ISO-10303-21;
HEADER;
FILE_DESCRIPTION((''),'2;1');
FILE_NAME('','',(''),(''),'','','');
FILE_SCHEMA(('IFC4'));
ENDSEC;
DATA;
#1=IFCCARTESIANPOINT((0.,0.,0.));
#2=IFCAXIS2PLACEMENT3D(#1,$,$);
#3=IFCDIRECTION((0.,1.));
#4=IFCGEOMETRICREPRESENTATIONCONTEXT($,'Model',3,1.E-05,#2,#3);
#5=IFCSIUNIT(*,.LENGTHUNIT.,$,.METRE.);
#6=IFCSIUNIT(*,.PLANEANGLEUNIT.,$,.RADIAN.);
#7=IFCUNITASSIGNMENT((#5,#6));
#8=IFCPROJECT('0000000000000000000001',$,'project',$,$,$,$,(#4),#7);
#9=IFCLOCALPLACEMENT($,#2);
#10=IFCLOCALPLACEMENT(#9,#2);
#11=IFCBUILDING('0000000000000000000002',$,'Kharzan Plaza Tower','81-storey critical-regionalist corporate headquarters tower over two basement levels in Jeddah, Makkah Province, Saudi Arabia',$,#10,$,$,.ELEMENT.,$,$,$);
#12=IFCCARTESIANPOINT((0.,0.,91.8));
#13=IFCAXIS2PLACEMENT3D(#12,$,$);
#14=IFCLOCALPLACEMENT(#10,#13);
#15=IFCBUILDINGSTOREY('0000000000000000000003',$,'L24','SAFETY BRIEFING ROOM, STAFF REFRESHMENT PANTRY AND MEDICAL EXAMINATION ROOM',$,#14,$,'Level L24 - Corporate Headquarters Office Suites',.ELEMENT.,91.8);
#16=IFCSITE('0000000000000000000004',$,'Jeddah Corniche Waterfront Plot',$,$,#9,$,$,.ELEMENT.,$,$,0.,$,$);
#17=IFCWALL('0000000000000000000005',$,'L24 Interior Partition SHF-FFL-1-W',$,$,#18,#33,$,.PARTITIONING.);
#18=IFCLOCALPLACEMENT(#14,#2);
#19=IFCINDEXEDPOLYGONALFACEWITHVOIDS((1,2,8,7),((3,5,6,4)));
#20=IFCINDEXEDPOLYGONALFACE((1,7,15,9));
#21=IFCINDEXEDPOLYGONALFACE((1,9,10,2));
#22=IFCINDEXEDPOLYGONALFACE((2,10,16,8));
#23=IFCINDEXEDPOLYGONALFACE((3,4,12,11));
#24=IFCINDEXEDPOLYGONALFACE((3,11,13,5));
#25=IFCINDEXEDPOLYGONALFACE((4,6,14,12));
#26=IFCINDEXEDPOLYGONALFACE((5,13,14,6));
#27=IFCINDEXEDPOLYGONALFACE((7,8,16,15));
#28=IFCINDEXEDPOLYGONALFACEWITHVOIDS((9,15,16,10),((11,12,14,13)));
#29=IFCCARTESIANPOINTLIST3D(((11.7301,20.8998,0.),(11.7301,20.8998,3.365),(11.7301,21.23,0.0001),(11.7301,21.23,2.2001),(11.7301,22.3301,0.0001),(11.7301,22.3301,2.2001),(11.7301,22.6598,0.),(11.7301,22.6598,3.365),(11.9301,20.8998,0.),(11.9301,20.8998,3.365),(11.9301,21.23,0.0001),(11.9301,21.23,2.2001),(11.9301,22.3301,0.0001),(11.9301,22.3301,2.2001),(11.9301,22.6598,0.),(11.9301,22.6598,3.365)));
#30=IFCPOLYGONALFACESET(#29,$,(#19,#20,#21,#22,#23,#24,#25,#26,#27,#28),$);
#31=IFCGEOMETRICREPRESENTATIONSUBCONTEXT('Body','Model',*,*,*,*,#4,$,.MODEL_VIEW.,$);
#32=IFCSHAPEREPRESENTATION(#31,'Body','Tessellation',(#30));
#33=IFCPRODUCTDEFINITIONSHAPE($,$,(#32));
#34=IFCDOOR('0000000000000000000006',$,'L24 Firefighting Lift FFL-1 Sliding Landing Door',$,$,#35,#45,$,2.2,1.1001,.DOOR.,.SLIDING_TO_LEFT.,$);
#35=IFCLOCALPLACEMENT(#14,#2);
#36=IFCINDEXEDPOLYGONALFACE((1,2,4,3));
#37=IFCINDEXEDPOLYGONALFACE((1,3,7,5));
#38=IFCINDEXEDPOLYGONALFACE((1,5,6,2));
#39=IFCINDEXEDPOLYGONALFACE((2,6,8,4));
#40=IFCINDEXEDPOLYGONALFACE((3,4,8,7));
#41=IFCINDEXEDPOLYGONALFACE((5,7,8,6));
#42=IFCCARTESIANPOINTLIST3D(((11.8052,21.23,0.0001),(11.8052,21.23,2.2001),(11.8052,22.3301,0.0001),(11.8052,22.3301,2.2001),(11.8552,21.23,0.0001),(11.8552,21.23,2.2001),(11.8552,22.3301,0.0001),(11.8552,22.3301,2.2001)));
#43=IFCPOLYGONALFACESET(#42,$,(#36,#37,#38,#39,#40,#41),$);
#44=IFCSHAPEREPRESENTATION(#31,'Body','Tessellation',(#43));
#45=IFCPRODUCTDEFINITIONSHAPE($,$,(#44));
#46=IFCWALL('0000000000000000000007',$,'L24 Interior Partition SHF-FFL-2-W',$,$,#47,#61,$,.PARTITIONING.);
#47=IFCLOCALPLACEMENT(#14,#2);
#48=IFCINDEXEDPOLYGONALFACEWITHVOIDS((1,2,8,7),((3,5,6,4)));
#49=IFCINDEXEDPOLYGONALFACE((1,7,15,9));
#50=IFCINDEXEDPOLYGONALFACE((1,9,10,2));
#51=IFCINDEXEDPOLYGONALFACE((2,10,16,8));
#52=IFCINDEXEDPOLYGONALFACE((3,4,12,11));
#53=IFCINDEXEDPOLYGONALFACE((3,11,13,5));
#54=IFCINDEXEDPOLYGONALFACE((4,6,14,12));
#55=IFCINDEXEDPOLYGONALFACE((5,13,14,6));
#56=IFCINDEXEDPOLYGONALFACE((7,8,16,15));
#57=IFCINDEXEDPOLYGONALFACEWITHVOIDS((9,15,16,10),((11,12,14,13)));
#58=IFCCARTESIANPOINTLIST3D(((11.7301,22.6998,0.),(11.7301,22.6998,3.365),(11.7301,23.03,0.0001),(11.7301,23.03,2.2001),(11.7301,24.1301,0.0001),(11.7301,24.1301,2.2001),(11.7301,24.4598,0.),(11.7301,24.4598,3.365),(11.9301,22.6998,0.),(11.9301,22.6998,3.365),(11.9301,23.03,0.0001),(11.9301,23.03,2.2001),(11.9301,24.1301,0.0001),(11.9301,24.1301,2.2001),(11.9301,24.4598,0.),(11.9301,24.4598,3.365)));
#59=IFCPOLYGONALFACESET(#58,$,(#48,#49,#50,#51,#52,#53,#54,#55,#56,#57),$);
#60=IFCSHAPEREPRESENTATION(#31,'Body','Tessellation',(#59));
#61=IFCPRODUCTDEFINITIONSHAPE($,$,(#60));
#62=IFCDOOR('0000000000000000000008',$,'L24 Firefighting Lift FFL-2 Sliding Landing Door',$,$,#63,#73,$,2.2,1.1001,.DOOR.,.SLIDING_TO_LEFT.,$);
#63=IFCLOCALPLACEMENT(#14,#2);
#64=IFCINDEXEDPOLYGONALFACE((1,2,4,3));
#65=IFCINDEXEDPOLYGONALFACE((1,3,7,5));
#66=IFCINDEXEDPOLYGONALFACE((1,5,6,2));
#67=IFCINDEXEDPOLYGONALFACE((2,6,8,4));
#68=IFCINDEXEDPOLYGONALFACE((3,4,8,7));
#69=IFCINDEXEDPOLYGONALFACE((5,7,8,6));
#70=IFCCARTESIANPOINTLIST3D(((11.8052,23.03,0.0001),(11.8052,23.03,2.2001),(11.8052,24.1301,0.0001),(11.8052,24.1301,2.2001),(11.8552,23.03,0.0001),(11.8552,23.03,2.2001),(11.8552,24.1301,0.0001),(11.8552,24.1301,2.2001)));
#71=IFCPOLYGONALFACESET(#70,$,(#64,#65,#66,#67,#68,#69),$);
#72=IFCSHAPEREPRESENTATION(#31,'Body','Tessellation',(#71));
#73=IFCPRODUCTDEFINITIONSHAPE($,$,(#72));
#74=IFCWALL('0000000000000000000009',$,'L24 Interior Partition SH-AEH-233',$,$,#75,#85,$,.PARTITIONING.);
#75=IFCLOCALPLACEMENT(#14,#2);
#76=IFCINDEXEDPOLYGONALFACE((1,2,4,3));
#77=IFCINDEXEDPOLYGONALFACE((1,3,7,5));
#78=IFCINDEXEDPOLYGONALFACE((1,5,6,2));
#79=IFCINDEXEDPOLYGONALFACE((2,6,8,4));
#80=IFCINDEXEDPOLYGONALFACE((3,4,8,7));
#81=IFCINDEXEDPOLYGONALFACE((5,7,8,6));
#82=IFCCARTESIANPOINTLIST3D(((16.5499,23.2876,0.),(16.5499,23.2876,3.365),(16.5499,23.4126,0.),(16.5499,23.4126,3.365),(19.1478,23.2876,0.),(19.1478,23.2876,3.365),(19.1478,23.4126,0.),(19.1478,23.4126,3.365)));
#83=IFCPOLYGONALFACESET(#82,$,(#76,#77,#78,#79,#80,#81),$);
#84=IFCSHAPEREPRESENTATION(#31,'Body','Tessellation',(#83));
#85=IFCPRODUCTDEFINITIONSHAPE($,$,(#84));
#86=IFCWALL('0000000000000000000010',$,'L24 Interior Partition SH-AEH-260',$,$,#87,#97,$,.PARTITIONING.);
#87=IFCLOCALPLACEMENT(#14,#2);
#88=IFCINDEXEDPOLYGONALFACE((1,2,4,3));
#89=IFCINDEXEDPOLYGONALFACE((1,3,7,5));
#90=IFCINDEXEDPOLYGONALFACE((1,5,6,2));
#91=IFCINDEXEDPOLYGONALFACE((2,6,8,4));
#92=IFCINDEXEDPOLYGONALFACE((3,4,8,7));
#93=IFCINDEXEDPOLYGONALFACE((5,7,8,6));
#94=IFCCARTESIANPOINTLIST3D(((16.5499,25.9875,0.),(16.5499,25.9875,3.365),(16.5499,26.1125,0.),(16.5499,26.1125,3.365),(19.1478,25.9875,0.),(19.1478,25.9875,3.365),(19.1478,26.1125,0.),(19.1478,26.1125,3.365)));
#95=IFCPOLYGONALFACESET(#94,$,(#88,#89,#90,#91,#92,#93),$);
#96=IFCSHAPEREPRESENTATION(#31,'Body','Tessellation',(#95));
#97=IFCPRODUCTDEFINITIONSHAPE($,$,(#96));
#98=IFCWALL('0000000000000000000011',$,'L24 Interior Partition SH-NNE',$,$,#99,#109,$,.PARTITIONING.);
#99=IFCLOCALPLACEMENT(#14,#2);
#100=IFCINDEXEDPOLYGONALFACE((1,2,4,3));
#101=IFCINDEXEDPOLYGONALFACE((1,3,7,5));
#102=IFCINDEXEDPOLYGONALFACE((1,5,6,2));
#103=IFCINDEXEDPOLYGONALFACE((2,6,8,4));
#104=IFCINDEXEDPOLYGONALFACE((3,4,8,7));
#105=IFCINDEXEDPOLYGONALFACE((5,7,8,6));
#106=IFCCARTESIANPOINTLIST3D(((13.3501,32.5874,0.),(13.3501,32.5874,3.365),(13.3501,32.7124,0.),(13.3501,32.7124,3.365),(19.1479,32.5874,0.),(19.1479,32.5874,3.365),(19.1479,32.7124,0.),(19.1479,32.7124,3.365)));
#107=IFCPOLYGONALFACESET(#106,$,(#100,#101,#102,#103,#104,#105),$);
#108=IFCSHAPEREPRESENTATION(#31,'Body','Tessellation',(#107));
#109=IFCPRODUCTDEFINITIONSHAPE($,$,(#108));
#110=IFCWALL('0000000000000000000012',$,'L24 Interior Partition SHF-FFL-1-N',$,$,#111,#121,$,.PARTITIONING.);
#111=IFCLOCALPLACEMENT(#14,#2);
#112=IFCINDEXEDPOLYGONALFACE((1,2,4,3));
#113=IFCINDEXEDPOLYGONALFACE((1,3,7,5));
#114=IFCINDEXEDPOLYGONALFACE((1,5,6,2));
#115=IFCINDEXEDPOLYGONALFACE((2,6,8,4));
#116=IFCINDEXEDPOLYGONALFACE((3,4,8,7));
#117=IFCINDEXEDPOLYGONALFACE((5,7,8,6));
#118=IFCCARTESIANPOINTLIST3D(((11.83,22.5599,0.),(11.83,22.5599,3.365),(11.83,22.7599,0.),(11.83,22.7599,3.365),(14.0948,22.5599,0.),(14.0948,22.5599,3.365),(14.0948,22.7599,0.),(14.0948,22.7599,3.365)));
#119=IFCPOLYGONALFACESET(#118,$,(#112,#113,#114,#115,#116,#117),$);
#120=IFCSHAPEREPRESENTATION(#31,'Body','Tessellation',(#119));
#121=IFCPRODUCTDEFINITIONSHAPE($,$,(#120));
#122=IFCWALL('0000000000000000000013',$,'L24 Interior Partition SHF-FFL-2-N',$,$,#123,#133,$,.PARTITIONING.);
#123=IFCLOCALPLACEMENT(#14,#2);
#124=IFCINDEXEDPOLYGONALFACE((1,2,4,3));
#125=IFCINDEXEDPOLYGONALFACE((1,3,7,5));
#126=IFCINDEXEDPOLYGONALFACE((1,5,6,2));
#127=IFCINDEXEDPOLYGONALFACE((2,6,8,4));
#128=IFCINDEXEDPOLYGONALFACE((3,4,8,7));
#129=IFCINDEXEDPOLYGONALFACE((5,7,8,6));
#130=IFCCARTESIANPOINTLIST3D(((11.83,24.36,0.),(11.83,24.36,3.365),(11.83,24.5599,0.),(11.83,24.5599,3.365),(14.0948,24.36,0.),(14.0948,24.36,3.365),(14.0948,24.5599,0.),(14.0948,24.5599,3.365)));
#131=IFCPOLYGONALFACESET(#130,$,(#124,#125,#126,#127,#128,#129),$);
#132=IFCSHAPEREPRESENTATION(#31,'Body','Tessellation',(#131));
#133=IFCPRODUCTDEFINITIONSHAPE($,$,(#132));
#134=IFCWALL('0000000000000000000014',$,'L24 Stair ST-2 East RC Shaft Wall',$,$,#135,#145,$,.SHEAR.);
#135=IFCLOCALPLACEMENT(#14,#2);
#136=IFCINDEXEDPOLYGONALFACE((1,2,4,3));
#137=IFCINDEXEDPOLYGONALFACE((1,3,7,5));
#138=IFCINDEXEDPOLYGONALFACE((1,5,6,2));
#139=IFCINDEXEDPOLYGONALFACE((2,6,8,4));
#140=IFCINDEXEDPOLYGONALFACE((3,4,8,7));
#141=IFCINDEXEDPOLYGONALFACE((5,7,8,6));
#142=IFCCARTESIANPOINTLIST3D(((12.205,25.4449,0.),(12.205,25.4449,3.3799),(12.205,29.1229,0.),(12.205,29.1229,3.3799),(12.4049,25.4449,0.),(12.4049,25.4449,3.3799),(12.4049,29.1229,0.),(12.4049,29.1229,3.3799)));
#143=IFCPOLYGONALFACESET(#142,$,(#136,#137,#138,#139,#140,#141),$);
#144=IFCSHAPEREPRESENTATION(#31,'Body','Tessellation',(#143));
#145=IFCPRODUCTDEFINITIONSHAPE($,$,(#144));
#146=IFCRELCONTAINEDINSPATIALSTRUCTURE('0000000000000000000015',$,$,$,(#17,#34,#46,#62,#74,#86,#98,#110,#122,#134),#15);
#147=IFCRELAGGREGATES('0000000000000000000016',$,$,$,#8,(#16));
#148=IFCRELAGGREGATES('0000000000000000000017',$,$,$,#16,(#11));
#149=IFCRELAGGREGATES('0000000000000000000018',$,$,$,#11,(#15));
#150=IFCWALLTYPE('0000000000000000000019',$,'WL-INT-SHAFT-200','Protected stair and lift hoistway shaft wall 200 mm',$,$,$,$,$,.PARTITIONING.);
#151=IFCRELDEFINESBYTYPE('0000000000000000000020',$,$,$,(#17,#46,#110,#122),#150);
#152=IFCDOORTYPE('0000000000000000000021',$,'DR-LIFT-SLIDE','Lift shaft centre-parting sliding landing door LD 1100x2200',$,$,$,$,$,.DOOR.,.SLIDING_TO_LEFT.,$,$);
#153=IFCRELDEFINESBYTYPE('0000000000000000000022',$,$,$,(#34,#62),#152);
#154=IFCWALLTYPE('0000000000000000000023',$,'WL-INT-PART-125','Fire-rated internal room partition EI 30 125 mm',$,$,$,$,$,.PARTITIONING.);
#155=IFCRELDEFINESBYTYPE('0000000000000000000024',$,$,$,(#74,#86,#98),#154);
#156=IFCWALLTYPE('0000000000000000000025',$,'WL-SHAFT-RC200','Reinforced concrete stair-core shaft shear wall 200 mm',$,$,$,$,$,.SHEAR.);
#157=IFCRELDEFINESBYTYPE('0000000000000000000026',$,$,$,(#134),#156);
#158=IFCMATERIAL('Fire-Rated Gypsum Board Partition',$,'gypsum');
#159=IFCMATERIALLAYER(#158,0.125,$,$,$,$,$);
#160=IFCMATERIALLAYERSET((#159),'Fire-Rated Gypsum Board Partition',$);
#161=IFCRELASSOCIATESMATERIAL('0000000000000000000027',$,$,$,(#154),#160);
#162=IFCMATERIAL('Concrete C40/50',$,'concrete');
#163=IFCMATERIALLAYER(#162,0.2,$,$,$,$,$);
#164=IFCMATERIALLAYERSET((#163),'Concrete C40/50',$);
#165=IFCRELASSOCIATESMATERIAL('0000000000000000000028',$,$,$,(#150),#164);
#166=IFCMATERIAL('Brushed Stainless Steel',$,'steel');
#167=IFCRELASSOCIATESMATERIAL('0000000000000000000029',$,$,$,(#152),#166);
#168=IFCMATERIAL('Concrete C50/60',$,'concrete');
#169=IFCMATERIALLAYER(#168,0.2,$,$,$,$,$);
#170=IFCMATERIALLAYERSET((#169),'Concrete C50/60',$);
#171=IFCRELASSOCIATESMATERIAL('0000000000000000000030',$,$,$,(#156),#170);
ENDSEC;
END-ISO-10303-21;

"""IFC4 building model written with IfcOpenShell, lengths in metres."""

from ifc_helpers import new_model, si_unit, direction, frame, frame_2d, origin, place, context, subcontext, project, spatial, rectangle, extrude, source, transform, mapped, material, layer, layer_set, type_object, element, fill, save


model = new_model("IFC4")

# Units and contexts
model_context = context("Model", 3, precision=1e-05, world=origin(), true_north=direction((0.0, 1.0)))
body_context = subcontext(model_context, "Body", "Model", "MODEL_VIEW")
ifc_project = project(units=[si_unit("LENGTHUNIT", "METRE"), si_unit("PLANEANGLEUNIT", "RADIAN")], contexts=[model_context])

# Site, building, storey
site_placement = place(None, origin())
site = spatial("IfcSite", under=ifc_project, at=site_placement, Name="Jeddah Corniche Waterfront Plot", CompositionType="ELEMENT", RefElevation=0.0)
building_placement = place(site_placement, origin())
building = spatial("IfcBuilding", under=site, at=building_placement, Name="Kharzan Plaza Tower", Description="81-storey critical-regionalist corporate headquarters tower over two basement levels in Jeddah, Makkah Province, Saudi Arabia", CompositionType="ELEMENT")
storey_placement = place(building_placement, frame((0.0, 0.0, 91.8)))
storey = spatial("IfcBuildingStorey", under=building, at=storey_placement, Name="L24", Description="SAFETY BRIEFING ROOM, STAFF REFRESHMENT PANTRY AND MEDICAL EXAMINATION ROOM", LongName="Level L24 - Corporate Headquarters Office Suites", CompositionType="ELEMENT", Elevation=91.8)

# Walls, openings, doors
ifc_material_1 = material(Name="Concrete C40/50", Category="concrete")
ifc_material_2 = material(Name="Fire-Rated Gypsum Board Partition", Category="gypsum")
ifc_layer_1 = layer(ifc_material_2, 0.125)
ifc_layer_set_1 = layer_set([ifc_layer_1], Name="Fire-Rated Gypsum Board Partition")
wall_type_1 = type_object("IfcWallType", Name="WL-INT-PART-125", Description="Fire-rated internal room partition EI 30 125 mm", PredefinedType="PARTITIONING", material=ifc_layer_set_1)
ifc_layer_2 = layer(ifc_material_1, 0.2)
ifc_layer_set_2 = layer_set([ifc_layer_2], Name="Concrete C40/50")
wall_type_2 = type_object("IfcWallType", Name="WL-INT-SHAFT-200", Description="Protected stair and lift hoistway shaft wall 200 mm", PredefinedType="PARTITIONING", material=ifc_layer_set_2)
wall_1_placement = place(storey_placement, frame((11.8301, 20.8999, 0.0), z_axis=(0.0, 0.0, 1.0), x_axis=(0.0, 1.0, 0.0)))
wall_1 = element("IfcWall", 1, at=wall_1_placement, inside=storey, type_object=wall_type_2, Name="L24 Interior Partition SHF-FFL-1-W", PredefinedType="PARTITIONING", context=body_context, shape_type="SweptSolid", body=[
    extrude(rectangle(XDim=1.76, YDim=0.2, at=frame_2d((0.8799, 0.0))), origin(), (0.0, 0.0, 1.0), 3.365),
])
opening_1_placement = place(wall_1_placement, frame((0.3301, 0.0, 0.0)))
opening_1 = element("IfcOpeningElement", 2, at=opening_1_placement, cuts=wall_1, PredefinedType="OPENING", context=body_context, shape_type="SweptSolid", body=[
    extrude(rectangle(XDim=1.1001, YDim=2.2, at=frame_2d((0.55, 1.1001))), frame((0.0, 0.1099, 0.0), z_axis=(0.0, -1.0, 0.0), x_axis=(1.0, 0.0, 0.0)), (0.0, 0.0, 1.0), 0.22),
])
ifc_material_3 = material(Name="Brushed Stainless Steel", Category="steel")
door_type_1 = type_object("IfcDoorType", Name="DR-LIFT-SLIDE", Description="Lift shaft centre-parting sliding landing door LD 1100x2200", OperationType="SLIDING_TO_LEFT", PredefinedType="DOOR", material=ifc_material_3)
shared_shape_1 = source(origin(), body_context, "Body", "SweptSolid", [
    extrude(rectangle(XDim=1.1001, YDim=2.2, at=frame_2d((0.55, 1.1001))), frame((0.0, 0.0249, 0.0), z_axis=(0.0, -1.0, 0.0), x_axis=(1.0, 0.0, 0.0)), (0.0, 0.0, 1.0), 0.05),
])
door_1_placement = place(opening_1_placement, origin())
door_1 = element("IfcDoor", 3, at=door_1_placement, inside=storey, type_object=door_type_1, Name="L24 Firefighting Lift FFL-1 Sliding Landing Door", OperationType="SLIDING_TO_LEFT", OverallHeight=2.2, OverallWidth=1.1001, PredefinedType="DOOR", context=body_context, shape_type="MappedRepresentation", body=[
    mapped(shared_shape_1, transform((0.0, 0.0, 0.0), x_axis=(1.0, 0.0, 0.0), y_axis=(0.0, 1.0, 0.0), z_axis=(0.0, 0.0, 1.0))),
])
fill(opening_1, door_1)
wall_2_placement = place(storey_placement, frame((11.8301, 22.7, 0.0), z_axis=(0.0, 0.0, 1.0), x_axis=(0.0, 1.0, 0.0)))
wall_2 = element("IfcWall", 4, at=wall_2_placement, inside=storey, type_object=wall_type_2, Name="L24 Interior Partition SHF-FFL-2-W", PredefinedType="PARTITIONING", context=body_context, shape_type="SweptSolid", body=[
    extrude(rectangle(XDim=1.76, YDim=0.2, at=frame_2d((0.8799, 0.0))), origin(), (0.0, 0.0, 1.0), 3.365),
])
opening_2_placement = place(wall_2_placement, frame((0.3301, 0.0, 0.0)))
opening_2 = element("IfcOpeningElement", 5, at=opening_2_placement, cuts=wall_2, PredefinedType="OPENING", context=body_context, shape_type="SweptSolid", body=[
    extrude(rectangle(XDim=1.1001, YDim=2.2, at=frame_2d((0.55, 1.1001))), frame((0.0, 0.1099, 0.0), z_axis=(0.0, -1.0, 0.0), x_axis=(1.0, 0.0, 0.0)), (0.0, 0.0, 1.0), 0.22),
])
door_2_placement = place(opening_2_placement, origin())
door_2 = element("IfcDoor", 6, at=door_2_placement, inside=storey, type_object=door_type_1, Name="L24 Firefighting Lift FFL-2 Sliding Landing Door", OperationType="SLIDING_TO_LEFT", OverallHeight=2.2, OverallWidth=1.1001, PredefinedType="DOOR", context=body_context, shape_type="MappedRepresentation", body=[
    mapped(shared_shape_1, transform((0.0, 0.0, 0.0), x_axis=(1.0, 0.0, 0.0), y_axis=(0.0, 1.0, 0.0), z_axis=(0.0, 0.0, 1.0))),
])
fill(opening_2, door_2)

# Walls
shared_shape_2 = source(origin(), body_context, "Body", "SweptSolid", [
    extrude(rectangle(XDim=2.5979, YDim=0.125, at=frame_2d((1.2988, 0.0))), origin(), (0.0, 0.0, 1.0), 3.365),
])
for number, where, z_axis, x_axis, name in (
    (7, (16.55, 23.3501, 0.0), (0.0, 0.0, 1.0), (1.0, 0.0, 0.0), "L24 Interior Partition SH-AEH-233"),
    (8, (16.55, 26.05, 0.0), (0.0, 0.0, 1.0), (1.0, 0.0, 0.0), "L24 Interior Partition SH-AEH-260"),
):
    element("IfcWall", number, at=place(storey_placement, frame(where, z_axis=z_axis, x_axis=x_axis)), inside=storey, type_object=wall_type_1, Name=name, PredefinedType="PARTITIONING", context=body_context, shape_type="MappedRepresentation", body=[
        mapped(shared_shape_2, transform((0.0, 0.0, 0.0), x_axis=(1.0, 0.0, 0.0), y_axis=(0.0, 1.0, 0.0), z_axis=(0.0, 0.0, 1.0))),
    ])
shared_shape_3 = source(origin(), body_context, "Body", "SweptSolid", [
    extrude(rectangle(XDim=5.7979, YDim=0.125, at=frame_2d((2.8989, 0.0))), origin(), (0.0, 0.0, 1.0), 3.365),
])
wall_3_placement = place(storey_placement, frame((13.3501, 32.6499, 0.0), z_axis=(0.0, 0.0, 1.0), x_axis=(1.0, 0.0, 0.0)))
element("IfcWall", 9, at=wall_3_placement, inside=storey, type_object=wall_type_1, Name="L24 Interior Partition SH-NNE", PredefinedType="PARTITIONING", context=body_context, shape_type="MappedRepresentation", body=[
    mapped(shared_shape_3, transform((0.0, 0.0, 0.0), x_axis=(1.0, 0.0, 0.0), y_axis=(0.0, 1.0, 0.0), z_axis=(0.0, 0.0, 1.0))),
])
shared_shape_4 = source(origin(), body_context, "Body", "SweptSolid", [
    extrude(rectangle(XDim=2.2649, YDim=0.2, at=frame_2d((1.1323, 0.0))), origin(), (0.0, 0.0, 1.0), 3.365),
])
for number, where, z_axis, x_axis, name in (
    (10, (11.8301, 22.6599, 0.0), (0.0, 0.0, 1.0), (1.0, 0.0, 0.0), "L24 Interior Partition SHF-FFL-1-N"),
    (11, (11.8301, 24.46, 0.0), (0.0, 0.0, 1.0), (1.0, 0.0, 0.0), "L24 Interior Partition SHF-FFL-2-N"),
):
    element("IfcWall", number, at=place(storey_placement, frame(where, z_axis=z_axis, x_axis=x_axis)), inside=storey, type_object=wall_type_2, Name=name, PredefinedType="PARTITIONING", context=body_context, shape_type="MappedRepresentation", body=[
        mapped(shared_shape_4, transform((0.0, 0.0, 0.0), x_axis=(1.0, 0.0, 0.0), y_axis=(0.0, 1.0, 0.0), z_axis=(0.0, 0.0, 1.0))),
    ])
ifc_material_4 = material(Name="Concrete C50/60", Category="concrete")
ifc_layer_3 = layer(ifc_material_4, 0.2)
ifc_layer_set_3 = layer_set([ifc_layer_3], Name="Concrete C50/60")
wall_type_3 = type_object("IfcWallType", Name="WL-SHAFT-RC200", Description="Reinforced concrete stair-core shaft shear wall 200 mm", PredefinedType="SHEAR", material=ifc_layer_set_3)
shared_shape_5 = source(origin(), body_context, "Body", "SweptSolid", [
    extrude(rectangle(XDim=3.678, YDim=0.2, at=frame_2d((1.8389, 0.0))), origin(), (0.0, 0.0, 1.0), 3.3799),
])
wall_4_placement = place(storey_placement, frame((12.3049, 25.4451, 0.0), z_axis=(0.0, 0.0, 1.0), x_axis=(0.0, 1.0, 0.0)))
element("IfcWall", 12, at=wall_4_placement, inside=storey, type_object=wall_type_3, Name="L24 Stair ST-2 East RC Shaft Wall", PredefinedType="SHEAR", context=body_context, shape_type="MappedRepresentation", body=[
    mapped(shared_shape_5, transform((0.0, 0.0, 0.0), x_axis=(1.0, 0.0, 0.0), y_axis=(0.0, 1.0, 0.0), z_axis=(0.0, 0.0, 1.0))),
])

save(model, "model.ifc")
